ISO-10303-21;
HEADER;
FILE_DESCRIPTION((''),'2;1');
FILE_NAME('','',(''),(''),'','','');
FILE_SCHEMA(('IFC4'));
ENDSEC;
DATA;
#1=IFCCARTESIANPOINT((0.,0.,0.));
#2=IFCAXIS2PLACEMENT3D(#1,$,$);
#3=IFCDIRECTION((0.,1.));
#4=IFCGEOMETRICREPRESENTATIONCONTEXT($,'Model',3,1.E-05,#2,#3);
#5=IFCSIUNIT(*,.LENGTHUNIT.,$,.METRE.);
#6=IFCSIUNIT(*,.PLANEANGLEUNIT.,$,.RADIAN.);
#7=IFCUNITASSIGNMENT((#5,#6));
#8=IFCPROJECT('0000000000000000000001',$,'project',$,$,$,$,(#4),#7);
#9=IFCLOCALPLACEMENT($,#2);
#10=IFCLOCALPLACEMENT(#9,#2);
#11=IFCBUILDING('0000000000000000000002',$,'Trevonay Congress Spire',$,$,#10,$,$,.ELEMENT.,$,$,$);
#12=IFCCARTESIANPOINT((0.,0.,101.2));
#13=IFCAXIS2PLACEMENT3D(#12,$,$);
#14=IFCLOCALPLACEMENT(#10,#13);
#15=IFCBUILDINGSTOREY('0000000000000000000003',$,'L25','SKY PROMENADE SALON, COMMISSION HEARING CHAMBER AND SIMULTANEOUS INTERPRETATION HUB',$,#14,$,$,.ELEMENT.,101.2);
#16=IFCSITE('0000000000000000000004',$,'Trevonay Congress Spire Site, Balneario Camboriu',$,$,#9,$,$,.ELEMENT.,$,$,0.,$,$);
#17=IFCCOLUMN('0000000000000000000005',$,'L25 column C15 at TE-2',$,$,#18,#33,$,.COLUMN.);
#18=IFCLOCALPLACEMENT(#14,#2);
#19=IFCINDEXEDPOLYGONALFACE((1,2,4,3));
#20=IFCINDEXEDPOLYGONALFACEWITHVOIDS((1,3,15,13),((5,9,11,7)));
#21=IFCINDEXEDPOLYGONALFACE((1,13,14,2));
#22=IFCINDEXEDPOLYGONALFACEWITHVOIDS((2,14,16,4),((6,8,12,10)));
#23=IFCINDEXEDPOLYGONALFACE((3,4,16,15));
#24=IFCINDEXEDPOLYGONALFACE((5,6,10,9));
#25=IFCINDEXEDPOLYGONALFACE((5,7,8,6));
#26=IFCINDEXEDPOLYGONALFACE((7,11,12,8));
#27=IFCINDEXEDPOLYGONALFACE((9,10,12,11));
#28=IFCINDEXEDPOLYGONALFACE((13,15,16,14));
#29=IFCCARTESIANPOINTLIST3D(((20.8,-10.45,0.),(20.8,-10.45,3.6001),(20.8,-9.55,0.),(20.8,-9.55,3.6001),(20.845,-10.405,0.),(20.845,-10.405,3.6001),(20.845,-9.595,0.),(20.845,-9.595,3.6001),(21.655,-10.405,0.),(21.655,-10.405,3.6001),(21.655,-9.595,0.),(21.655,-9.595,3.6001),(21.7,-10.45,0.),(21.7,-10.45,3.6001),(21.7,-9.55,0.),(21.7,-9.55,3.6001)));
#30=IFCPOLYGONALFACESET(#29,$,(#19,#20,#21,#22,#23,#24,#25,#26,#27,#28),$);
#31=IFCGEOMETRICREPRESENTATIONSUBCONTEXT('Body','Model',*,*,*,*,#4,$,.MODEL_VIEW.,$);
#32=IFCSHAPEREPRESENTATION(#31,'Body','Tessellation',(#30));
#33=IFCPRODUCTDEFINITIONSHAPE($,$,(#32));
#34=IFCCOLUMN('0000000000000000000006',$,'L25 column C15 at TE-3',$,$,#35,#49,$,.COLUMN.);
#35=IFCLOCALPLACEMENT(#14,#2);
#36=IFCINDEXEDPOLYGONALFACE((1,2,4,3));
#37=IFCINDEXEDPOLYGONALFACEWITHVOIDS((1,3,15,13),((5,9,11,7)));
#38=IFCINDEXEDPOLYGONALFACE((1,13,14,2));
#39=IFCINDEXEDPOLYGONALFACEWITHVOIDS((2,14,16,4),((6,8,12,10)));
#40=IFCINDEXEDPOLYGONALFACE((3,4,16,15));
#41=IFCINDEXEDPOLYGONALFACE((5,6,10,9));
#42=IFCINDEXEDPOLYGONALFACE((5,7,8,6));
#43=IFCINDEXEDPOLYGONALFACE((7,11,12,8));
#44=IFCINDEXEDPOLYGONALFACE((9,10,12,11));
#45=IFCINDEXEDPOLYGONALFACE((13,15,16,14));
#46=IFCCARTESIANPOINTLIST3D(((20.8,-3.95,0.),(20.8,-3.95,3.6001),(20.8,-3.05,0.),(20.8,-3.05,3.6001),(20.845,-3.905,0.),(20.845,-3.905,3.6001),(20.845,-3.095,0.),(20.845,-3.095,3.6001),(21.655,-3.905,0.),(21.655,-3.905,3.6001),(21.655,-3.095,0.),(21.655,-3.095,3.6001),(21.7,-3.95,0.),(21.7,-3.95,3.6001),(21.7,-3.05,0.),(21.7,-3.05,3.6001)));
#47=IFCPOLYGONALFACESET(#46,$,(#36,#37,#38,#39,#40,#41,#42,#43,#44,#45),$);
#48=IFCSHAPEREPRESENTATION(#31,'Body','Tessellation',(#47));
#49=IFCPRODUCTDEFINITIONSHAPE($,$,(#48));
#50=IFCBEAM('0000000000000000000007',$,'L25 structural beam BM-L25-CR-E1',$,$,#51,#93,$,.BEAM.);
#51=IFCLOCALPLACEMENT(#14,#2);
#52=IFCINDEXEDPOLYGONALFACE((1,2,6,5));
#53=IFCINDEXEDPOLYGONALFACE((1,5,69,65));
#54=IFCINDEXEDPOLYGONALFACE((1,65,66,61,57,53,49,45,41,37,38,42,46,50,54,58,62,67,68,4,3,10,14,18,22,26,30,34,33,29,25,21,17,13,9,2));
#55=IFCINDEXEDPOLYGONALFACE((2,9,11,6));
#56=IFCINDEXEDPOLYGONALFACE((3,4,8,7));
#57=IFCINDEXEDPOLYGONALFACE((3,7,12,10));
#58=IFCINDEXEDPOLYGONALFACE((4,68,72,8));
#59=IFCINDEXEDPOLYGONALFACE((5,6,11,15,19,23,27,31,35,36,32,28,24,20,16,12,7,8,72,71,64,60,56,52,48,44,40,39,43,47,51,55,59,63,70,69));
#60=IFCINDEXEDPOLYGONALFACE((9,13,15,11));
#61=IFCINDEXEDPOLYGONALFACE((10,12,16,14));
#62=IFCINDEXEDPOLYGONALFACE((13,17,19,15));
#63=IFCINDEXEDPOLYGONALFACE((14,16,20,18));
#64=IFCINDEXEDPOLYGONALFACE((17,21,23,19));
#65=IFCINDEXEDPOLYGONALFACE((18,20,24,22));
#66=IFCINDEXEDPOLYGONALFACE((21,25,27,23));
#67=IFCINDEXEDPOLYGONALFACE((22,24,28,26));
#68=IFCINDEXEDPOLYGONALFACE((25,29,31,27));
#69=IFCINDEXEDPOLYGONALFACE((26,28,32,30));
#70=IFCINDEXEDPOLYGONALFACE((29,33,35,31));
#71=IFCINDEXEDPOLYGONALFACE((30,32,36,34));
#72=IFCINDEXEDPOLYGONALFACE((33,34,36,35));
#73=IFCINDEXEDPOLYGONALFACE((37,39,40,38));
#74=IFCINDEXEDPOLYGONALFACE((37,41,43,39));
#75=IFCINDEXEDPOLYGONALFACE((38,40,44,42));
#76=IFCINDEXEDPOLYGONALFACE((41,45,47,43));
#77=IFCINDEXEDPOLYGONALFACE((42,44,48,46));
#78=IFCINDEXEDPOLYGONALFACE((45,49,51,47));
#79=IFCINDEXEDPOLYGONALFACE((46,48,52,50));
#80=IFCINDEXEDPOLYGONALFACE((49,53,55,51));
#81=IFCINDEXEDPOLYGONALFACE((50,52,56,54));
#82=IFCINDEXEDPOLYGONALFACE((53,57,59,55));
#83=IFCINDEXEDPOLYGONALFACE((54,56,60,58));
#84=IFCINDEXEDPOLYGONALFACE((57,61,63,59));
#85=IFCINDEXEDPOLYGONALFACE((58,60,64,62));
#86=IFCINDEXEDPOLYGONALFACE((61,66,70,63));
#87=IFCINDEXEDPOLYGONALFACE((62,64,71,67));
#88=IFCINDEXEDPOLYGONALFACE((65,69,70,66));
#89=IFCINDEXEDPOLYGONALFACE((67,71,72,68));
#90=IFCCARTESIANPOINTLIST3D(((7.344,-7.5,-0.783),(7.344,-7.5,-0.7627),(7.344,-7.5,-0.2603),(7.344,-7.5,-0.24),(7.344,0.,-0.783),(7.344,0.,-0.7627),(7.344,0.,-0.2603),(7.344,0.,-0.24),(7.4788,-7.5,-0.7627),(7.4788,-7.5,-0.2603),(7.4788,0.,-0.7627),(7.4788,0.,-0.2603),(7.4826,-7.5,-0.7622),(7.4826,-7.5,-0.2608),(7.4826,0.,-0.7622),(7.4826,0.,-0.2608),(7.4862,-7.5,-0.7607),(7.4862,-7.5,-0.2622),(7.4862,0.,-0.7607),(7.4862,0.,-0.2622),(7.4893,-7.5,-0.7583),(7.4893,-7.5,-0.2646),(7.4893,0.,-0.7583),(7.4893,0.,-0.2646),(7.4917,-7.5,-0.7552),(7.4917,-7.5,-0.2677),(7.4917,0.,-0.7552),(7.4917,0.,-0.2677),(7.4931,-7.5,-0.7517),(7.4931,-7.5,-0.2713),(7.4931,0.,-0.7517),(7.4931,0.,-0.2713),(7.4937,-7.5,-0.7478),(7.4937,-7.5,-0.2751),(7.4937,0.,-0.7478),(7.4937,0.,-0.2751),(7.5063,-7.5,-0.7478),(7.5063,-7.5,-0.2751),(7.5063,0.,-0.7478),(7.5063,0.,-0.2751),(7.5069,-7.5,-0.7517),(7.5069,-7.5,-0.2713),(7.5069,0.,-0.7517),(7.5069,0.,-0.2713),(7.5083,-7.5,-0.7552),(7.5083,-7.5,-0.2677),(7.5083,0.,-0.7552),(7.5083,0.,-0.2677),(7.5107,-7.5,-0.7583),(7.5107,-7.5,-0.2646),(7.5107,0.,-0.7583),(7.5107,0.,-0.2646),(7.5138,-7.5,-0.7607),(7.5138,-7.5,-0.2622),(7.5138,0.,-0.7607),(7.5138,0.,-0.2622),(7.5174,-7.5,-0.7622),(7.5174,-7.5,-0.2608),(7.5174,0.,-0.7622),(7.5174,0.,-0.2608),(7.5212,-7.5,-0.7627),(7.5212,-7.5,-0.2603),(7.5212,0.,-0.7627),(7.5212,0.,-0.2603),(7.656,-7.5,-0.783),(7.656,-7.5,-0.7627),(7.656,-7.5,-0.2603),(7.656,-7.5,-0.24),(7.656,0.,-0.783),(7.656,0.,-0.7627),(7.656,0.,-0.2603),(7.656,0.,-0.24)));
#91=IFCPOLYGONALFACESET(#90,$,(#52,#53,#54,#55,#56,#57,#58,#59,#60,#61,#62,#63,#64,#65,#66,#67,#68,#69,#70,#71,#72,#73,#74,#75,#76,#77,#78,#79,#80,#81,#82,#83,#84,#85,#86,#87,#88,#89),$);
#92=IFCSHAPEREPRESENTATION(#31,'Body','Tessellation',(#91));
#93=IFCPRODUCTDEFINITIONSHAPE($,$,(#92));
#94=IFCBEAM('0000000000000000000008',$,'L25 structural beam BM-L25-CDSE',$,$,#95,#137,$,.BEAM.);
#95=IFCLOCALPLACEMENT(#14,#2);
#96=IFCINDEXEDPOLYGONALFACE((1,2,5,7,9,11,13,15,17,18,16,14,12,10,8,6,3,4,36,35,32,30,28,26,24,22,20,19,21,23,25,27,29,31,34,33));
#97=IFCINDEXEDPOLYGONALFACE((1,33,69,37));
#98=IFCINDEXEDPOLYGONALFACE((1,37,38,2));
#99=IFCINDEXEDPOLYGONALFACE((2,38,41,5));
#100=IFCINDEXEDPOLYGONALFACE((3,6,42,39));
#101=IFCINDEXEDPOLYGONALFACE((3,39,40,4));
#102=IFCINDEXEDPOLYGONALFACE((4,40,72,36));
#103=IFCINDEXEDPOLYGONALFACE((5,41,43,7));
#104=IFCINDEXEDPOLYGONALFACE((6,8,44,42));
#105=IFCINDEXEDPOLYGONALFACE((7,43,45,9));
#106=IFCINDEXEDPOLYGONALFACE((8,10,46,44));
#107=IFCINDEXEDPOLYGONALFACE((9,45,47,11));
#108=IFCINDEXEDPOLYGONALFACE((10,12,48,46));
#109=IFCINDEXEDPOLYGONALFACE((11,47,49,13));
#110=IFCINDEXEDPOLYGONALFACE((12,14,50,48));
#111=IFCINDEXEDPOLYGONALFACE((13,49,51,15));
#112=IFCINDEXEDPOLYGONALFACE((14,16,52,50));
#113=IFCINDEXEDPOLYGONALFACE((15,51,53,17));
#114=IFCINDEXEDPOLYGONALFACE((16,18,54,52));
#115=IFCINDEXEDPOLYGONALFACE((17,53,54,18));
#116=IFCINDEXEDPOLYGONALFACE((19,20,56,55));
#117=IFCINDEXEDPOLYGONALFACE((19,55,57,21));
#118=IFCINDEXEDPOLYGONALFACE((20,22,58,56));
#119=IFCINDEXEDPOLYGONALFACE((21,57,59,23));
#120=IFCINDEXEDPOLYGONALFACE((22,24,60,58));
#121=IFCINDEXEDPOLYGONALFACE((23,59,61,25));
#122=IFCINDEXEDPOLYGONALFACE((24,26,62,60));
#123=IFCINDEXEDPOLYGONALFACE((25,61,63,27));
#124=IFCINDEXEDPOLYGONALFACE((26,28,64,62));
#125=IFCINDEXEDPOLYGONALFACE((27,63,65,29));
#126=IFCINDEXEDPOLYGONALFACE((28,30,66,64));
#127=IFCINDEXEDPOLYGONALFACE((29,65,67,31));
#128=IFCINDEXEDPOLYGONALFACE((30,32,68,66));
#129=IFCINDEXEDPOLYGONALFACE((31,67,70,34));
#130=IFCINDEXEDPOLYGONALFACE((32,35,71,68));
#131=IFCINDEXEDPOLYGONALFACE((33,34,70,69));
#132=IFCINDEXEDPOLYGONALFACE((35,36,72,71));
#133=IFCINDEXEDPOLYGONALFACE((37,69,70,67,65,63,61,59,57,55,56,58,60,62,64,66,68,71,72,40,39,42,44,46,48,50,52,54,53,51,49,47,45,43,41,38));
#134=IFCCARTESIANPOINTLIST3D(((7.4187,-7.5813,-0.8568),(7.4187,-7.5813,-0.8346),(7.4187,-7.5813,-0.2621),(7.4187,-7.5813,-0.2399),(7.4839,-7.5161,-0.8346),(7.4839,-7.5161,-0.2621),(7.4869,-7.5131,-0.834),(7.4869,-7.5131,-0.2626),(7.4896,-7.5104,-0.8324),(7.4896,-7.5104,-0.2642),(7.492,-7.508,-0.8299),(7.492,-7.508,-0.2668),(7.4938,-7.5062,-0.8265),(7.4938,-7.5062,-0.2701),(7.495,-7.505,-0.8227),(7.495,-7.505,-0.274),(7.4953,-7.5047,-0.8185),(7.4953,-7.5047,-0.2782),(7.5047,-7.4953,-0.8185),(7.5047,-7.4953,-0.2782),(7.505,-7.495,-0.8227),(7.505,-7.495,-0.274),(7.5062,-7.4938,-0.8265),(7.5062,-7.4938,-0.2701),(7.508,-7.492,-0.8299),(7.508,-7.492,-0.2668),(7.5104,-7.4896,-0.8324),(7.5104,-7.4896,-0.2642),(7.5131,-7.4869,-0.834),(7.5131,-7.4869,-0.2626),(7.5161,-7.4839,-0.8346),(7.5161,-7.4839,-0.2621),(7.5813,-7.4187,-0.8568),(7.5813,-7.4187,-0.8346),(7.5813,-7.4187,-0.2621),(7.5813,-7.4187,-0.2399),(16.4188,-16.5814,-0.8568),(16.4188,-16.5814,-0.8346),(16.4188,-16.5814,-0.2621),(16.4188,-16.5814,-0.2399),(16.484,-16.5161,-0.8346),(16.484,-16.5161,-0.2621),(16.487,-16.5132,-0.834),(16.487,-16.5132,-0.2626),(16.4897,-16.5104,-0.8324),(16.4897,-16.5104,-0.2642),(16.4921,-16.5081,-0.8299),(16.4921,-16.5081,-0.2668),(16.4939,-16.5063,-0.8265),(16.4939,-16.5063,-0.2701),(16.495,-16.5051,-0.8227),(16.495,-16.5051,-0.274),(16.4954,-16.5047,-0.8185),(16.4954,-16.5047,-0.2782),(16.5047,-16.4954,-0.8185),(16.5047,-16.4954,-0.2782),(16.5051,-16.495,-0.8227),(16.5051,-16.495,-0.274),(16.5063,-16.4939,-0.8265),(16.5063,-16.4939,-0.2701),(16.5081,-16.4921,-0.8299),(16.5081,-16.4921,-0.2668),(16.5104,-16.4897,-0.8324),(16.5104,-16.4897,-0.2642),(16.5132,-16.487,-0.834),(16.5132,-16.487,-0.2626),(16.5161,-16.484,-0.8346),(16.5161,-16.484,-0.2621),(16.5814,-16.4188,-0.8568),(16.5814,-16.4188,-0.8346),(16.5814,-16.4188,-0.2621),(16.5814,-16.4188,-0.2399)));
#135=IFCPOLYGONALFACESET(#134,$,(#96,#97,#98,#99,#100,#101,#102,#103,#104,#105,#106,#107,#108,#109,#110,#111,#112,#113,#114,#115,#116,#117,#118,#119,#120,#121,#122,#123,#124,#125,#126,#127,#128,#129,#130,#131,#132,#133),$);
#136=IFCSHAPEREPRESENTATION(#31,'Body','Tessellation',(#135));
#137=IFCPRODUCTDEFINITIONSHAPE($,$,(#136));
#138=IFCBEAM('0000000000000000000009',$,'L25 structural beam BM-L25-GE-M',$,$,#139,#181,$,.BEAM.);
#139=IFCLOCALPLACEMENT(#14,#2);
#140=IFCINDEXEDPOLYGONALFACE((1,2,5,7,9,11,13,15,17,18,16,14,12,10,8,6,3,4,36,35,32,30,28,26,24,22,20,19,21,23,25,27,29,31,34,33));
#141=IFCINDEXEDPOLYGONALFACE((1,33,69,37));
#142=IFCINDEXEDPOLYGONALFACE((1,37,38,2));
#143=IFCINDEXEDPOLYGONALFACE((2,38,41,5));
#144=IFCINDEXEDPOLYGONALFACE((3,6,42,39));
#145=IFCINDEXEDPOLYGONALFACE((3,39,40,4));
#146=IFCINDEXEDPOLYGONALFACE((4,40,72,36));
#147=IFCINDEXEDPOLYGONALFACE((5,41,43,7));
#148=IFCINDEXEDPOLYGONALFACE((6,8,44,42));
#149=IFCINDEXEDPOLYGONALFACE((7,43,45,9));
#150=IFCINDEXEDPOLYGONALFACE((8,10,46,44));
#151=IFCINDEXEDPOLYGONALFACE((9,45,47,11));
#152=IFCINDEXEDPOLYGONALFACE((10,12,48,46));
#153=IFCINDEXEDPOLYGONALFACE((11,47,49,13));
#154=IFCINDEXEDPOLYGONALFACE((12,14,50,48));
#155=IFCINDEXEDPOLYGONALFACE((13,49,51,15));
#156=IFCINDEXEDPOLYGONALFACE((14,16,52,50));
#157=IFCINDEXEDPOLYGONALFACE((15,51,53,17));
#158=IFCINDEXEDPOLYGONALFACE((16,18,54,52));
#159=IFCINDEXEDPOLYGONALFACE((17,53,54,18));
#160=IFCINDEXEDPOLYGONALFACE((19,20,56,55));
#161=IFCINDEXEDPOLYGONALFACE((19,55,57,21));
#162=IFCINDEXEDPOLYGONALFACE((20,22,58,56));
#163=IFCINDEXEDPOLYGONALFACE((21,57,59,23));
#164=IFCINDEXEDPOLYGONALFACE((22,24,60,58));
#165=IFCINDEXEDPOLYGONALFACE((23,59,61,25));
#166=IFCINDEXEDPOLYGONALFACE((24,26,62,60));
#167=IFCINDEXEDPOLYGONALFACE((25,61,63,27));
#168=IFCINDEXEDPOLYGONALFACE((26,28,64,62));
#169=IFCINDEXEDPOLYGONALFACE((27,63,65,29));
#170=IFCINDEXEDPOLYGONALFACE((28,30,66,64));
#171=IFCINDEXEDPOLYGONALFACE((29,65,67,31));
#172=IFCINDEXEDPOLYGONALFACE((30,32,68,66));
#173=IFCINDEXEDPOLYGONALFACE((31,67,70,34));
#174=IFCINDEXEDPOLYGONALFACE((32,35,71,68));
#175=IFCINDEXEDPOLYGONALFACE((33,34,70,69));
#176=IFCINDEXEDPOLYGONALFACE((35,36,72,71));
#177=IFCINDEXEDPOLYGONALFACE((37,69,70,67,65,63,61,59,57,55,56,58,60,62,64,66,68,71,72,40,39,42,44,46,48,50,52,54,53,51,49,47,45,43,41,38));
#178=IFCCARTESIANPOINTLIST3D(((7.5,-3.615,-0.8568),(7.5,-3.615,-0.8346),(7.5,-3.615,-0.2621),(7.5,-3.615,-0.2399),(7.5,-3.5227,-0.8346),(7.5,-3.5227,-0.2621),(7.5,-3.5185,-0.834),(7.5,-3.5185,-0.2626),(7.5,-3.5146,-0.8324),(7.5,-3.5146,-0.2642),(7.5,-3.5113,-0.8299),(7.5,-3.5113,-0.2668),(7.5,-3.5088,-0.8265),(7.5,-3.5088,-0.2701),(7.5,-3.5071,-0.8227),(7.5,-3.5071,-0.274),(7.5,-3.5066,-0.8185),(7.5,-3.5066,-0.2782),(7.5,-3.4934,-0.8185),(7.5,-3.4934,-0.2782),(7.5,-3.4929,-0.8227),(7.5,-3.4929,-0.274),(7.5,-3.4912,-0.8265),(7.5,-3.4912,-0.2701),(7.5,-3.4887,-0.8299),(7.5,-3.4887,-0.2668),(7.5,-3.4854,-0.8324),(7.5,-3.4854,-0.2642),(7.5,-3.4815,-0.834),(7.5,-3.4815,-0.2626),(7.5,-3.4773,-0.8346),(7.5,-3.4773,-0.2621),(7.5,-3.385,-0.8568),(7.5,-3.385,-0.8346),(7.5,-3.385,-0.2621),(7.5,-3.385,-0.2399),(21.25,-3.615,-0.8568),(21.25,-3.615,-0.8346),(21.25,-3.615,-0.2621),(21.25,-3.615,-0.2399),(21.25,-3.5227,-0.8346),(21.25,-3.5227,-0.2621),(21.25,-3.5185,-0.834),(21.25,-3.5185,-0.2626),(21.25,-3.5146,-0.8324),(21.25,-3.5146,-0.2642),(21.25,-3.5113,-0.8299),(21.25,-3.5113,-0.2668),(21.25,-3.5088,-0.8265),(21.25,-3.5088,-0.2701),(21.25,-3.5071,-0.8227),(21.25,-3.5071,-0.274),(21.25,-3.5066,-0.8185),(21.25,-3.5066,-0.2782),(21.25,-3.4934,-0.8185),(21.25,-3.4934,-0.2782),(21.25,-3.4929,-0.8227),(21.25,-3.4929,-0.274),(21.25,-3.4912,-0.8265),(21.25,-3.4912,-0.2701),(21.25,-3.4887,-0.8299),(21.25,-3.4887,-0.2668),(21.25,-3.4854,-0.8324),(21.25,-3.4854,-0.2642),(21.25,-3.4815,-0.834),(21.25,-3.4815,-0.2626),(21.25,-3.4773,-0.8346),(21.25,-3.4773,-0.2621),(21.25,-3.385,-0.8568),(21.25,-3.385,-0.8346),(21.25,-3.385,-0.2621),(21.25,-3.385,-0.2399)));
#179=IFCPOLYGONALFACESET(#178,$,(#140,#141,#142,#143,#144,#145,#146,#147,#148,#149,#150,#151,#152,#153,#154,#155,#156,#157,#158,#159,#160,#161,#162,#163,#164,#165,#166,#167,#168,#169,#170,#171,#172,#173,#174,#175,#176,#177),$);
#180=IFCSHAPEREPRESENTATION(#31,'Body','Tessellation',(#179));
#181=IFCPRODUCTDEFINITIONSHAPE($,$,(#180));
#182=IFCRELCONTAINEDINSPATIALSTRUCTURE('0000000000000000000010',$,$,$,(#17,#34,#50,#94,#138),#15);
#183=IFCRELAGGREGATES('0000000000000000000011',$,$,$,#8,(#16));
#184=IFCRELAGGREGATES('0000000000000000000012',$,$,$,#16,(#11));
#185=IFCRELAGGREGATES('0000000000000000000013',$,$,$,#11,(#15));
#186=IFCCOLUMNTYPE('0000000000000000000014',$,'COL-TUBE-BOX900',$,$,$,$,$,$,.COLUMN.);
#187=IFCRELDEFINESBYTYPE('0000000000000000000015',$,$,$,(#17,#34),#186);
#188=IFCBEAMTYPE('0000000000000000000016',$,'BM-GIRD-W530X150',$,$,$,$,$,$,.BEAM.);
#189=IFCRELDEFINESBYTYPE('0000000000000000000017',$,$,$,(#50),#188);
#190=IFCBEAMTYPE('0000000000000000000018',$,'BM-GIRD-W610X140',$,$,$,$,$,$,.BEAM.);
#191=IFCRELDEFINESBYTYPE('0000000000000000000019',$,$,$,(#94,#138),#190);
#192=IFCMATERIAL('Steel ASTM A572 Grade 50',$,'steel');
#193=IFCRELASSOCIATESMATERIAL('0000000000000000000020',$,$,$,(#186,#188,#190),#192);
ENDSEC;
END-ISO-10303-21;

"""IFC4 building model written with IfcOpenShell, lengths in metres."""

from ifc_helpers import new_model, si_unit, direction, frame, origin, origin_2d, place, context, subcontext, project, spatial, hollow_rectangle, i_section, extrude, material, material_profile, profile_set, type_object, element, save


model = new_model("IFC4")

# Units and contexts
model_context = context("Model", 3, precision=1e-05, world=origin(), true_north=direction((0.0, 1.0)))
body_context = subcontext(model_context, "Body", "Model", "MODEL_VIEW")
ifc_project = project(units=[si_unit("LENGTHUNIT", "METRE"), si_unit("PLANEANGLEUNIT", "RADIAN")], contexts=[model_context])

# Site, building, storey
site_placement = place(None, origin())
site = spatial("IfcSite", under=ifc_project, at=site_placement, Name="Trevonay Congress Spire Site, Balneario Camboriu", CompositionType="ELEMENT", RefElevation=0.0)
building_placement = place(site_placement, origin())
building = spatial("IfcBuilding", under=site, at=building_placement, Name="Trevonay Congress Spire", CompositionType="ELEMENT")
storey_placement = place(building_placement, frame((0.0, 0.0, 101.2)))
storey = spatial("IfcBuildingStorey", under=building, at=storey_placement, Name="L25", Description="SKY PROMENADE SALON, COMMISSION HEARING CHAMBER AND SIMULTANEOUS INTERPRETATION HUB", CompositionType="ELEMENT", Elevation=101.2)

# Columns
ifc_material_1 = material(Name="Steel ASTM A572 Grade 50", Category="steel")
ifc_material_profile_1 = material_profile(ifc_material_1, hollow_rectangle(XDim=0.8999, YDim=0.8999, WallThickness=0.0449, at=origin_2d()), Name="BOX 900x900x45")
ifc_profile_set_1 = profile_set([ifc_material_profile_1], Name="Steel ASTM A572 Grade 50")
column_type = type_object("IfcColumnType", Name="COL-TUBE-BOX900", PredefinedType="COLUMN", material=ifc_profile_set_1)
for number, where, z_axis, x_axis, name in (
    (1, (21.25, -10.0, 0.0), (0.0, 0.0, 1.0), (1.0, 0.0, 0.0), "L25 column C15 at TE-2"),
    (2, (21.25, -3.5, 0.0), (0.0, 0.0, 1.0), (1.0, 0.0, 0.0), "L25 column C15 at TE-3"),
):
    element("IfcColumn", number, at=place(storey_placement, frame(where, z_axis=z_axis, x_axis=x_axis)), inside=storey, type_object=column_type, Name=name, PredefinedType="COLUMN", context=body_context, shape_type="SweptSolid", body=[
        extrude(hollow_rectangle(XDim=0.8999, YDim=0.8999, WallThickness=0.0449, at=origin_2d()), origin(), (0.0, 0.0, 1.0), 3.6001),
    ])

# Beams
ifc_material_profile_2 = material_profile(ifc_material_1, i_section(OverallWidth=0.312, OverallDepth=0.543, WebThickness=0.0127, FlangeThickness=0.0203, FilletRadius=0.0149, at=origin_2d()), Name="W530x150")
ifc_profile_set_2 = profile_set([ifc_material_profile_2], Name="Steel ASTM A572 Grade 50")
beam_type_1 = type_object("IfcBeamType", Name="BM-GIRD-W530X150", PredefinedType="BEAM", material=ifc_profile_set_2)
beam_1_placement = place(storey_placement, frame((7.5, -7.5, -0.5115), z_axis=(0.0, 1.0, 0.0), x_axis=(-1.0, 0.0, 0.0)))
element("IfcBeam", 3, at=beam_1_placement, inside=storey, type_object=beam_type_1, Name="L25 structural beam BM-L25-CR-E1", PredefinedType="BEAM", context=body_context, shape_type="SweptSolid", body=[
    extrude(i_section(OverallWidth=0.312, OverallDepth=0.543, WebThickness=0.0127, FlangeThickness=0.0203, FilletRadius=0.0149, at=origin_2d()), origin(), (0.0, 0.0, 1.0), 7.5),
])
ifc_material_profile_3 = material_profile(ifc_material_1, i_section(OverallWidth=0.23, OverallDepth=0.6169, WebThickness=0.0132, FlangeThickness=0.0222, FilletRadius=0.0161, at=origin_2d()), Name="W610x140")
ifc_profile_set_3 = profile_set([ifc_material_profile_3], Name="Steel ASTM A572 Grade 50")
beam_type_2 = type_object("IfcBeamType", Name="BM-GIRD-W610X140", PredefinedType="BEAM", material=ifc_profile_set_3)
beam_2_placement = place(storey_placement, frame((7.5, -7.5, -0.5483), z_axis=(0.707107, -0.707107, 0.0), x_axis=(0.707107, 0.707107, 0.0)))
element("IfcBeam", 4, at=beam_2_placement, inside=storey, type_object=beam_type_2, Name="L25 structural beam BM-L25-CDSE", PredefinedType="BEAM", context=body_context, shape_type="SweptSolid", body=[
    extrude(i_section(OverallWidth=0.23, OverallDepth=0.6169, WebThickness=0.0132, FlangeThickness=0.0222, FilletRadius=0.0161, at=origin_2d()), origin(), (0.0, 0.0, 1.0), 12.728),
])
beam_3_placement = place(storey_placement, frame((7.5, -3.5, -0.5483), z_axis=(1.0, 0.0, 0.0), x_axis=(0.0, 1.0, 0.0)))
element("IfcBeam", 5, at=beam_3_placement, inside=storey, type_object=beam_type_2, Name="L25 structural beam BM-L25-GE-M", PredefinedType="BEAM", context=body_context, shape_type="SweptSolid", body=[
    extrude(i_section(OverallWidth=0.23, OverallDepth=0.6169, WebThickness=0.0132, FlangeThickness=0.0222, FilletRadius=0.0161, at=origin_2d()), origin(), (0.0, 0.0, 1.0), 13.75),
])

save(model, "model.ifc")
